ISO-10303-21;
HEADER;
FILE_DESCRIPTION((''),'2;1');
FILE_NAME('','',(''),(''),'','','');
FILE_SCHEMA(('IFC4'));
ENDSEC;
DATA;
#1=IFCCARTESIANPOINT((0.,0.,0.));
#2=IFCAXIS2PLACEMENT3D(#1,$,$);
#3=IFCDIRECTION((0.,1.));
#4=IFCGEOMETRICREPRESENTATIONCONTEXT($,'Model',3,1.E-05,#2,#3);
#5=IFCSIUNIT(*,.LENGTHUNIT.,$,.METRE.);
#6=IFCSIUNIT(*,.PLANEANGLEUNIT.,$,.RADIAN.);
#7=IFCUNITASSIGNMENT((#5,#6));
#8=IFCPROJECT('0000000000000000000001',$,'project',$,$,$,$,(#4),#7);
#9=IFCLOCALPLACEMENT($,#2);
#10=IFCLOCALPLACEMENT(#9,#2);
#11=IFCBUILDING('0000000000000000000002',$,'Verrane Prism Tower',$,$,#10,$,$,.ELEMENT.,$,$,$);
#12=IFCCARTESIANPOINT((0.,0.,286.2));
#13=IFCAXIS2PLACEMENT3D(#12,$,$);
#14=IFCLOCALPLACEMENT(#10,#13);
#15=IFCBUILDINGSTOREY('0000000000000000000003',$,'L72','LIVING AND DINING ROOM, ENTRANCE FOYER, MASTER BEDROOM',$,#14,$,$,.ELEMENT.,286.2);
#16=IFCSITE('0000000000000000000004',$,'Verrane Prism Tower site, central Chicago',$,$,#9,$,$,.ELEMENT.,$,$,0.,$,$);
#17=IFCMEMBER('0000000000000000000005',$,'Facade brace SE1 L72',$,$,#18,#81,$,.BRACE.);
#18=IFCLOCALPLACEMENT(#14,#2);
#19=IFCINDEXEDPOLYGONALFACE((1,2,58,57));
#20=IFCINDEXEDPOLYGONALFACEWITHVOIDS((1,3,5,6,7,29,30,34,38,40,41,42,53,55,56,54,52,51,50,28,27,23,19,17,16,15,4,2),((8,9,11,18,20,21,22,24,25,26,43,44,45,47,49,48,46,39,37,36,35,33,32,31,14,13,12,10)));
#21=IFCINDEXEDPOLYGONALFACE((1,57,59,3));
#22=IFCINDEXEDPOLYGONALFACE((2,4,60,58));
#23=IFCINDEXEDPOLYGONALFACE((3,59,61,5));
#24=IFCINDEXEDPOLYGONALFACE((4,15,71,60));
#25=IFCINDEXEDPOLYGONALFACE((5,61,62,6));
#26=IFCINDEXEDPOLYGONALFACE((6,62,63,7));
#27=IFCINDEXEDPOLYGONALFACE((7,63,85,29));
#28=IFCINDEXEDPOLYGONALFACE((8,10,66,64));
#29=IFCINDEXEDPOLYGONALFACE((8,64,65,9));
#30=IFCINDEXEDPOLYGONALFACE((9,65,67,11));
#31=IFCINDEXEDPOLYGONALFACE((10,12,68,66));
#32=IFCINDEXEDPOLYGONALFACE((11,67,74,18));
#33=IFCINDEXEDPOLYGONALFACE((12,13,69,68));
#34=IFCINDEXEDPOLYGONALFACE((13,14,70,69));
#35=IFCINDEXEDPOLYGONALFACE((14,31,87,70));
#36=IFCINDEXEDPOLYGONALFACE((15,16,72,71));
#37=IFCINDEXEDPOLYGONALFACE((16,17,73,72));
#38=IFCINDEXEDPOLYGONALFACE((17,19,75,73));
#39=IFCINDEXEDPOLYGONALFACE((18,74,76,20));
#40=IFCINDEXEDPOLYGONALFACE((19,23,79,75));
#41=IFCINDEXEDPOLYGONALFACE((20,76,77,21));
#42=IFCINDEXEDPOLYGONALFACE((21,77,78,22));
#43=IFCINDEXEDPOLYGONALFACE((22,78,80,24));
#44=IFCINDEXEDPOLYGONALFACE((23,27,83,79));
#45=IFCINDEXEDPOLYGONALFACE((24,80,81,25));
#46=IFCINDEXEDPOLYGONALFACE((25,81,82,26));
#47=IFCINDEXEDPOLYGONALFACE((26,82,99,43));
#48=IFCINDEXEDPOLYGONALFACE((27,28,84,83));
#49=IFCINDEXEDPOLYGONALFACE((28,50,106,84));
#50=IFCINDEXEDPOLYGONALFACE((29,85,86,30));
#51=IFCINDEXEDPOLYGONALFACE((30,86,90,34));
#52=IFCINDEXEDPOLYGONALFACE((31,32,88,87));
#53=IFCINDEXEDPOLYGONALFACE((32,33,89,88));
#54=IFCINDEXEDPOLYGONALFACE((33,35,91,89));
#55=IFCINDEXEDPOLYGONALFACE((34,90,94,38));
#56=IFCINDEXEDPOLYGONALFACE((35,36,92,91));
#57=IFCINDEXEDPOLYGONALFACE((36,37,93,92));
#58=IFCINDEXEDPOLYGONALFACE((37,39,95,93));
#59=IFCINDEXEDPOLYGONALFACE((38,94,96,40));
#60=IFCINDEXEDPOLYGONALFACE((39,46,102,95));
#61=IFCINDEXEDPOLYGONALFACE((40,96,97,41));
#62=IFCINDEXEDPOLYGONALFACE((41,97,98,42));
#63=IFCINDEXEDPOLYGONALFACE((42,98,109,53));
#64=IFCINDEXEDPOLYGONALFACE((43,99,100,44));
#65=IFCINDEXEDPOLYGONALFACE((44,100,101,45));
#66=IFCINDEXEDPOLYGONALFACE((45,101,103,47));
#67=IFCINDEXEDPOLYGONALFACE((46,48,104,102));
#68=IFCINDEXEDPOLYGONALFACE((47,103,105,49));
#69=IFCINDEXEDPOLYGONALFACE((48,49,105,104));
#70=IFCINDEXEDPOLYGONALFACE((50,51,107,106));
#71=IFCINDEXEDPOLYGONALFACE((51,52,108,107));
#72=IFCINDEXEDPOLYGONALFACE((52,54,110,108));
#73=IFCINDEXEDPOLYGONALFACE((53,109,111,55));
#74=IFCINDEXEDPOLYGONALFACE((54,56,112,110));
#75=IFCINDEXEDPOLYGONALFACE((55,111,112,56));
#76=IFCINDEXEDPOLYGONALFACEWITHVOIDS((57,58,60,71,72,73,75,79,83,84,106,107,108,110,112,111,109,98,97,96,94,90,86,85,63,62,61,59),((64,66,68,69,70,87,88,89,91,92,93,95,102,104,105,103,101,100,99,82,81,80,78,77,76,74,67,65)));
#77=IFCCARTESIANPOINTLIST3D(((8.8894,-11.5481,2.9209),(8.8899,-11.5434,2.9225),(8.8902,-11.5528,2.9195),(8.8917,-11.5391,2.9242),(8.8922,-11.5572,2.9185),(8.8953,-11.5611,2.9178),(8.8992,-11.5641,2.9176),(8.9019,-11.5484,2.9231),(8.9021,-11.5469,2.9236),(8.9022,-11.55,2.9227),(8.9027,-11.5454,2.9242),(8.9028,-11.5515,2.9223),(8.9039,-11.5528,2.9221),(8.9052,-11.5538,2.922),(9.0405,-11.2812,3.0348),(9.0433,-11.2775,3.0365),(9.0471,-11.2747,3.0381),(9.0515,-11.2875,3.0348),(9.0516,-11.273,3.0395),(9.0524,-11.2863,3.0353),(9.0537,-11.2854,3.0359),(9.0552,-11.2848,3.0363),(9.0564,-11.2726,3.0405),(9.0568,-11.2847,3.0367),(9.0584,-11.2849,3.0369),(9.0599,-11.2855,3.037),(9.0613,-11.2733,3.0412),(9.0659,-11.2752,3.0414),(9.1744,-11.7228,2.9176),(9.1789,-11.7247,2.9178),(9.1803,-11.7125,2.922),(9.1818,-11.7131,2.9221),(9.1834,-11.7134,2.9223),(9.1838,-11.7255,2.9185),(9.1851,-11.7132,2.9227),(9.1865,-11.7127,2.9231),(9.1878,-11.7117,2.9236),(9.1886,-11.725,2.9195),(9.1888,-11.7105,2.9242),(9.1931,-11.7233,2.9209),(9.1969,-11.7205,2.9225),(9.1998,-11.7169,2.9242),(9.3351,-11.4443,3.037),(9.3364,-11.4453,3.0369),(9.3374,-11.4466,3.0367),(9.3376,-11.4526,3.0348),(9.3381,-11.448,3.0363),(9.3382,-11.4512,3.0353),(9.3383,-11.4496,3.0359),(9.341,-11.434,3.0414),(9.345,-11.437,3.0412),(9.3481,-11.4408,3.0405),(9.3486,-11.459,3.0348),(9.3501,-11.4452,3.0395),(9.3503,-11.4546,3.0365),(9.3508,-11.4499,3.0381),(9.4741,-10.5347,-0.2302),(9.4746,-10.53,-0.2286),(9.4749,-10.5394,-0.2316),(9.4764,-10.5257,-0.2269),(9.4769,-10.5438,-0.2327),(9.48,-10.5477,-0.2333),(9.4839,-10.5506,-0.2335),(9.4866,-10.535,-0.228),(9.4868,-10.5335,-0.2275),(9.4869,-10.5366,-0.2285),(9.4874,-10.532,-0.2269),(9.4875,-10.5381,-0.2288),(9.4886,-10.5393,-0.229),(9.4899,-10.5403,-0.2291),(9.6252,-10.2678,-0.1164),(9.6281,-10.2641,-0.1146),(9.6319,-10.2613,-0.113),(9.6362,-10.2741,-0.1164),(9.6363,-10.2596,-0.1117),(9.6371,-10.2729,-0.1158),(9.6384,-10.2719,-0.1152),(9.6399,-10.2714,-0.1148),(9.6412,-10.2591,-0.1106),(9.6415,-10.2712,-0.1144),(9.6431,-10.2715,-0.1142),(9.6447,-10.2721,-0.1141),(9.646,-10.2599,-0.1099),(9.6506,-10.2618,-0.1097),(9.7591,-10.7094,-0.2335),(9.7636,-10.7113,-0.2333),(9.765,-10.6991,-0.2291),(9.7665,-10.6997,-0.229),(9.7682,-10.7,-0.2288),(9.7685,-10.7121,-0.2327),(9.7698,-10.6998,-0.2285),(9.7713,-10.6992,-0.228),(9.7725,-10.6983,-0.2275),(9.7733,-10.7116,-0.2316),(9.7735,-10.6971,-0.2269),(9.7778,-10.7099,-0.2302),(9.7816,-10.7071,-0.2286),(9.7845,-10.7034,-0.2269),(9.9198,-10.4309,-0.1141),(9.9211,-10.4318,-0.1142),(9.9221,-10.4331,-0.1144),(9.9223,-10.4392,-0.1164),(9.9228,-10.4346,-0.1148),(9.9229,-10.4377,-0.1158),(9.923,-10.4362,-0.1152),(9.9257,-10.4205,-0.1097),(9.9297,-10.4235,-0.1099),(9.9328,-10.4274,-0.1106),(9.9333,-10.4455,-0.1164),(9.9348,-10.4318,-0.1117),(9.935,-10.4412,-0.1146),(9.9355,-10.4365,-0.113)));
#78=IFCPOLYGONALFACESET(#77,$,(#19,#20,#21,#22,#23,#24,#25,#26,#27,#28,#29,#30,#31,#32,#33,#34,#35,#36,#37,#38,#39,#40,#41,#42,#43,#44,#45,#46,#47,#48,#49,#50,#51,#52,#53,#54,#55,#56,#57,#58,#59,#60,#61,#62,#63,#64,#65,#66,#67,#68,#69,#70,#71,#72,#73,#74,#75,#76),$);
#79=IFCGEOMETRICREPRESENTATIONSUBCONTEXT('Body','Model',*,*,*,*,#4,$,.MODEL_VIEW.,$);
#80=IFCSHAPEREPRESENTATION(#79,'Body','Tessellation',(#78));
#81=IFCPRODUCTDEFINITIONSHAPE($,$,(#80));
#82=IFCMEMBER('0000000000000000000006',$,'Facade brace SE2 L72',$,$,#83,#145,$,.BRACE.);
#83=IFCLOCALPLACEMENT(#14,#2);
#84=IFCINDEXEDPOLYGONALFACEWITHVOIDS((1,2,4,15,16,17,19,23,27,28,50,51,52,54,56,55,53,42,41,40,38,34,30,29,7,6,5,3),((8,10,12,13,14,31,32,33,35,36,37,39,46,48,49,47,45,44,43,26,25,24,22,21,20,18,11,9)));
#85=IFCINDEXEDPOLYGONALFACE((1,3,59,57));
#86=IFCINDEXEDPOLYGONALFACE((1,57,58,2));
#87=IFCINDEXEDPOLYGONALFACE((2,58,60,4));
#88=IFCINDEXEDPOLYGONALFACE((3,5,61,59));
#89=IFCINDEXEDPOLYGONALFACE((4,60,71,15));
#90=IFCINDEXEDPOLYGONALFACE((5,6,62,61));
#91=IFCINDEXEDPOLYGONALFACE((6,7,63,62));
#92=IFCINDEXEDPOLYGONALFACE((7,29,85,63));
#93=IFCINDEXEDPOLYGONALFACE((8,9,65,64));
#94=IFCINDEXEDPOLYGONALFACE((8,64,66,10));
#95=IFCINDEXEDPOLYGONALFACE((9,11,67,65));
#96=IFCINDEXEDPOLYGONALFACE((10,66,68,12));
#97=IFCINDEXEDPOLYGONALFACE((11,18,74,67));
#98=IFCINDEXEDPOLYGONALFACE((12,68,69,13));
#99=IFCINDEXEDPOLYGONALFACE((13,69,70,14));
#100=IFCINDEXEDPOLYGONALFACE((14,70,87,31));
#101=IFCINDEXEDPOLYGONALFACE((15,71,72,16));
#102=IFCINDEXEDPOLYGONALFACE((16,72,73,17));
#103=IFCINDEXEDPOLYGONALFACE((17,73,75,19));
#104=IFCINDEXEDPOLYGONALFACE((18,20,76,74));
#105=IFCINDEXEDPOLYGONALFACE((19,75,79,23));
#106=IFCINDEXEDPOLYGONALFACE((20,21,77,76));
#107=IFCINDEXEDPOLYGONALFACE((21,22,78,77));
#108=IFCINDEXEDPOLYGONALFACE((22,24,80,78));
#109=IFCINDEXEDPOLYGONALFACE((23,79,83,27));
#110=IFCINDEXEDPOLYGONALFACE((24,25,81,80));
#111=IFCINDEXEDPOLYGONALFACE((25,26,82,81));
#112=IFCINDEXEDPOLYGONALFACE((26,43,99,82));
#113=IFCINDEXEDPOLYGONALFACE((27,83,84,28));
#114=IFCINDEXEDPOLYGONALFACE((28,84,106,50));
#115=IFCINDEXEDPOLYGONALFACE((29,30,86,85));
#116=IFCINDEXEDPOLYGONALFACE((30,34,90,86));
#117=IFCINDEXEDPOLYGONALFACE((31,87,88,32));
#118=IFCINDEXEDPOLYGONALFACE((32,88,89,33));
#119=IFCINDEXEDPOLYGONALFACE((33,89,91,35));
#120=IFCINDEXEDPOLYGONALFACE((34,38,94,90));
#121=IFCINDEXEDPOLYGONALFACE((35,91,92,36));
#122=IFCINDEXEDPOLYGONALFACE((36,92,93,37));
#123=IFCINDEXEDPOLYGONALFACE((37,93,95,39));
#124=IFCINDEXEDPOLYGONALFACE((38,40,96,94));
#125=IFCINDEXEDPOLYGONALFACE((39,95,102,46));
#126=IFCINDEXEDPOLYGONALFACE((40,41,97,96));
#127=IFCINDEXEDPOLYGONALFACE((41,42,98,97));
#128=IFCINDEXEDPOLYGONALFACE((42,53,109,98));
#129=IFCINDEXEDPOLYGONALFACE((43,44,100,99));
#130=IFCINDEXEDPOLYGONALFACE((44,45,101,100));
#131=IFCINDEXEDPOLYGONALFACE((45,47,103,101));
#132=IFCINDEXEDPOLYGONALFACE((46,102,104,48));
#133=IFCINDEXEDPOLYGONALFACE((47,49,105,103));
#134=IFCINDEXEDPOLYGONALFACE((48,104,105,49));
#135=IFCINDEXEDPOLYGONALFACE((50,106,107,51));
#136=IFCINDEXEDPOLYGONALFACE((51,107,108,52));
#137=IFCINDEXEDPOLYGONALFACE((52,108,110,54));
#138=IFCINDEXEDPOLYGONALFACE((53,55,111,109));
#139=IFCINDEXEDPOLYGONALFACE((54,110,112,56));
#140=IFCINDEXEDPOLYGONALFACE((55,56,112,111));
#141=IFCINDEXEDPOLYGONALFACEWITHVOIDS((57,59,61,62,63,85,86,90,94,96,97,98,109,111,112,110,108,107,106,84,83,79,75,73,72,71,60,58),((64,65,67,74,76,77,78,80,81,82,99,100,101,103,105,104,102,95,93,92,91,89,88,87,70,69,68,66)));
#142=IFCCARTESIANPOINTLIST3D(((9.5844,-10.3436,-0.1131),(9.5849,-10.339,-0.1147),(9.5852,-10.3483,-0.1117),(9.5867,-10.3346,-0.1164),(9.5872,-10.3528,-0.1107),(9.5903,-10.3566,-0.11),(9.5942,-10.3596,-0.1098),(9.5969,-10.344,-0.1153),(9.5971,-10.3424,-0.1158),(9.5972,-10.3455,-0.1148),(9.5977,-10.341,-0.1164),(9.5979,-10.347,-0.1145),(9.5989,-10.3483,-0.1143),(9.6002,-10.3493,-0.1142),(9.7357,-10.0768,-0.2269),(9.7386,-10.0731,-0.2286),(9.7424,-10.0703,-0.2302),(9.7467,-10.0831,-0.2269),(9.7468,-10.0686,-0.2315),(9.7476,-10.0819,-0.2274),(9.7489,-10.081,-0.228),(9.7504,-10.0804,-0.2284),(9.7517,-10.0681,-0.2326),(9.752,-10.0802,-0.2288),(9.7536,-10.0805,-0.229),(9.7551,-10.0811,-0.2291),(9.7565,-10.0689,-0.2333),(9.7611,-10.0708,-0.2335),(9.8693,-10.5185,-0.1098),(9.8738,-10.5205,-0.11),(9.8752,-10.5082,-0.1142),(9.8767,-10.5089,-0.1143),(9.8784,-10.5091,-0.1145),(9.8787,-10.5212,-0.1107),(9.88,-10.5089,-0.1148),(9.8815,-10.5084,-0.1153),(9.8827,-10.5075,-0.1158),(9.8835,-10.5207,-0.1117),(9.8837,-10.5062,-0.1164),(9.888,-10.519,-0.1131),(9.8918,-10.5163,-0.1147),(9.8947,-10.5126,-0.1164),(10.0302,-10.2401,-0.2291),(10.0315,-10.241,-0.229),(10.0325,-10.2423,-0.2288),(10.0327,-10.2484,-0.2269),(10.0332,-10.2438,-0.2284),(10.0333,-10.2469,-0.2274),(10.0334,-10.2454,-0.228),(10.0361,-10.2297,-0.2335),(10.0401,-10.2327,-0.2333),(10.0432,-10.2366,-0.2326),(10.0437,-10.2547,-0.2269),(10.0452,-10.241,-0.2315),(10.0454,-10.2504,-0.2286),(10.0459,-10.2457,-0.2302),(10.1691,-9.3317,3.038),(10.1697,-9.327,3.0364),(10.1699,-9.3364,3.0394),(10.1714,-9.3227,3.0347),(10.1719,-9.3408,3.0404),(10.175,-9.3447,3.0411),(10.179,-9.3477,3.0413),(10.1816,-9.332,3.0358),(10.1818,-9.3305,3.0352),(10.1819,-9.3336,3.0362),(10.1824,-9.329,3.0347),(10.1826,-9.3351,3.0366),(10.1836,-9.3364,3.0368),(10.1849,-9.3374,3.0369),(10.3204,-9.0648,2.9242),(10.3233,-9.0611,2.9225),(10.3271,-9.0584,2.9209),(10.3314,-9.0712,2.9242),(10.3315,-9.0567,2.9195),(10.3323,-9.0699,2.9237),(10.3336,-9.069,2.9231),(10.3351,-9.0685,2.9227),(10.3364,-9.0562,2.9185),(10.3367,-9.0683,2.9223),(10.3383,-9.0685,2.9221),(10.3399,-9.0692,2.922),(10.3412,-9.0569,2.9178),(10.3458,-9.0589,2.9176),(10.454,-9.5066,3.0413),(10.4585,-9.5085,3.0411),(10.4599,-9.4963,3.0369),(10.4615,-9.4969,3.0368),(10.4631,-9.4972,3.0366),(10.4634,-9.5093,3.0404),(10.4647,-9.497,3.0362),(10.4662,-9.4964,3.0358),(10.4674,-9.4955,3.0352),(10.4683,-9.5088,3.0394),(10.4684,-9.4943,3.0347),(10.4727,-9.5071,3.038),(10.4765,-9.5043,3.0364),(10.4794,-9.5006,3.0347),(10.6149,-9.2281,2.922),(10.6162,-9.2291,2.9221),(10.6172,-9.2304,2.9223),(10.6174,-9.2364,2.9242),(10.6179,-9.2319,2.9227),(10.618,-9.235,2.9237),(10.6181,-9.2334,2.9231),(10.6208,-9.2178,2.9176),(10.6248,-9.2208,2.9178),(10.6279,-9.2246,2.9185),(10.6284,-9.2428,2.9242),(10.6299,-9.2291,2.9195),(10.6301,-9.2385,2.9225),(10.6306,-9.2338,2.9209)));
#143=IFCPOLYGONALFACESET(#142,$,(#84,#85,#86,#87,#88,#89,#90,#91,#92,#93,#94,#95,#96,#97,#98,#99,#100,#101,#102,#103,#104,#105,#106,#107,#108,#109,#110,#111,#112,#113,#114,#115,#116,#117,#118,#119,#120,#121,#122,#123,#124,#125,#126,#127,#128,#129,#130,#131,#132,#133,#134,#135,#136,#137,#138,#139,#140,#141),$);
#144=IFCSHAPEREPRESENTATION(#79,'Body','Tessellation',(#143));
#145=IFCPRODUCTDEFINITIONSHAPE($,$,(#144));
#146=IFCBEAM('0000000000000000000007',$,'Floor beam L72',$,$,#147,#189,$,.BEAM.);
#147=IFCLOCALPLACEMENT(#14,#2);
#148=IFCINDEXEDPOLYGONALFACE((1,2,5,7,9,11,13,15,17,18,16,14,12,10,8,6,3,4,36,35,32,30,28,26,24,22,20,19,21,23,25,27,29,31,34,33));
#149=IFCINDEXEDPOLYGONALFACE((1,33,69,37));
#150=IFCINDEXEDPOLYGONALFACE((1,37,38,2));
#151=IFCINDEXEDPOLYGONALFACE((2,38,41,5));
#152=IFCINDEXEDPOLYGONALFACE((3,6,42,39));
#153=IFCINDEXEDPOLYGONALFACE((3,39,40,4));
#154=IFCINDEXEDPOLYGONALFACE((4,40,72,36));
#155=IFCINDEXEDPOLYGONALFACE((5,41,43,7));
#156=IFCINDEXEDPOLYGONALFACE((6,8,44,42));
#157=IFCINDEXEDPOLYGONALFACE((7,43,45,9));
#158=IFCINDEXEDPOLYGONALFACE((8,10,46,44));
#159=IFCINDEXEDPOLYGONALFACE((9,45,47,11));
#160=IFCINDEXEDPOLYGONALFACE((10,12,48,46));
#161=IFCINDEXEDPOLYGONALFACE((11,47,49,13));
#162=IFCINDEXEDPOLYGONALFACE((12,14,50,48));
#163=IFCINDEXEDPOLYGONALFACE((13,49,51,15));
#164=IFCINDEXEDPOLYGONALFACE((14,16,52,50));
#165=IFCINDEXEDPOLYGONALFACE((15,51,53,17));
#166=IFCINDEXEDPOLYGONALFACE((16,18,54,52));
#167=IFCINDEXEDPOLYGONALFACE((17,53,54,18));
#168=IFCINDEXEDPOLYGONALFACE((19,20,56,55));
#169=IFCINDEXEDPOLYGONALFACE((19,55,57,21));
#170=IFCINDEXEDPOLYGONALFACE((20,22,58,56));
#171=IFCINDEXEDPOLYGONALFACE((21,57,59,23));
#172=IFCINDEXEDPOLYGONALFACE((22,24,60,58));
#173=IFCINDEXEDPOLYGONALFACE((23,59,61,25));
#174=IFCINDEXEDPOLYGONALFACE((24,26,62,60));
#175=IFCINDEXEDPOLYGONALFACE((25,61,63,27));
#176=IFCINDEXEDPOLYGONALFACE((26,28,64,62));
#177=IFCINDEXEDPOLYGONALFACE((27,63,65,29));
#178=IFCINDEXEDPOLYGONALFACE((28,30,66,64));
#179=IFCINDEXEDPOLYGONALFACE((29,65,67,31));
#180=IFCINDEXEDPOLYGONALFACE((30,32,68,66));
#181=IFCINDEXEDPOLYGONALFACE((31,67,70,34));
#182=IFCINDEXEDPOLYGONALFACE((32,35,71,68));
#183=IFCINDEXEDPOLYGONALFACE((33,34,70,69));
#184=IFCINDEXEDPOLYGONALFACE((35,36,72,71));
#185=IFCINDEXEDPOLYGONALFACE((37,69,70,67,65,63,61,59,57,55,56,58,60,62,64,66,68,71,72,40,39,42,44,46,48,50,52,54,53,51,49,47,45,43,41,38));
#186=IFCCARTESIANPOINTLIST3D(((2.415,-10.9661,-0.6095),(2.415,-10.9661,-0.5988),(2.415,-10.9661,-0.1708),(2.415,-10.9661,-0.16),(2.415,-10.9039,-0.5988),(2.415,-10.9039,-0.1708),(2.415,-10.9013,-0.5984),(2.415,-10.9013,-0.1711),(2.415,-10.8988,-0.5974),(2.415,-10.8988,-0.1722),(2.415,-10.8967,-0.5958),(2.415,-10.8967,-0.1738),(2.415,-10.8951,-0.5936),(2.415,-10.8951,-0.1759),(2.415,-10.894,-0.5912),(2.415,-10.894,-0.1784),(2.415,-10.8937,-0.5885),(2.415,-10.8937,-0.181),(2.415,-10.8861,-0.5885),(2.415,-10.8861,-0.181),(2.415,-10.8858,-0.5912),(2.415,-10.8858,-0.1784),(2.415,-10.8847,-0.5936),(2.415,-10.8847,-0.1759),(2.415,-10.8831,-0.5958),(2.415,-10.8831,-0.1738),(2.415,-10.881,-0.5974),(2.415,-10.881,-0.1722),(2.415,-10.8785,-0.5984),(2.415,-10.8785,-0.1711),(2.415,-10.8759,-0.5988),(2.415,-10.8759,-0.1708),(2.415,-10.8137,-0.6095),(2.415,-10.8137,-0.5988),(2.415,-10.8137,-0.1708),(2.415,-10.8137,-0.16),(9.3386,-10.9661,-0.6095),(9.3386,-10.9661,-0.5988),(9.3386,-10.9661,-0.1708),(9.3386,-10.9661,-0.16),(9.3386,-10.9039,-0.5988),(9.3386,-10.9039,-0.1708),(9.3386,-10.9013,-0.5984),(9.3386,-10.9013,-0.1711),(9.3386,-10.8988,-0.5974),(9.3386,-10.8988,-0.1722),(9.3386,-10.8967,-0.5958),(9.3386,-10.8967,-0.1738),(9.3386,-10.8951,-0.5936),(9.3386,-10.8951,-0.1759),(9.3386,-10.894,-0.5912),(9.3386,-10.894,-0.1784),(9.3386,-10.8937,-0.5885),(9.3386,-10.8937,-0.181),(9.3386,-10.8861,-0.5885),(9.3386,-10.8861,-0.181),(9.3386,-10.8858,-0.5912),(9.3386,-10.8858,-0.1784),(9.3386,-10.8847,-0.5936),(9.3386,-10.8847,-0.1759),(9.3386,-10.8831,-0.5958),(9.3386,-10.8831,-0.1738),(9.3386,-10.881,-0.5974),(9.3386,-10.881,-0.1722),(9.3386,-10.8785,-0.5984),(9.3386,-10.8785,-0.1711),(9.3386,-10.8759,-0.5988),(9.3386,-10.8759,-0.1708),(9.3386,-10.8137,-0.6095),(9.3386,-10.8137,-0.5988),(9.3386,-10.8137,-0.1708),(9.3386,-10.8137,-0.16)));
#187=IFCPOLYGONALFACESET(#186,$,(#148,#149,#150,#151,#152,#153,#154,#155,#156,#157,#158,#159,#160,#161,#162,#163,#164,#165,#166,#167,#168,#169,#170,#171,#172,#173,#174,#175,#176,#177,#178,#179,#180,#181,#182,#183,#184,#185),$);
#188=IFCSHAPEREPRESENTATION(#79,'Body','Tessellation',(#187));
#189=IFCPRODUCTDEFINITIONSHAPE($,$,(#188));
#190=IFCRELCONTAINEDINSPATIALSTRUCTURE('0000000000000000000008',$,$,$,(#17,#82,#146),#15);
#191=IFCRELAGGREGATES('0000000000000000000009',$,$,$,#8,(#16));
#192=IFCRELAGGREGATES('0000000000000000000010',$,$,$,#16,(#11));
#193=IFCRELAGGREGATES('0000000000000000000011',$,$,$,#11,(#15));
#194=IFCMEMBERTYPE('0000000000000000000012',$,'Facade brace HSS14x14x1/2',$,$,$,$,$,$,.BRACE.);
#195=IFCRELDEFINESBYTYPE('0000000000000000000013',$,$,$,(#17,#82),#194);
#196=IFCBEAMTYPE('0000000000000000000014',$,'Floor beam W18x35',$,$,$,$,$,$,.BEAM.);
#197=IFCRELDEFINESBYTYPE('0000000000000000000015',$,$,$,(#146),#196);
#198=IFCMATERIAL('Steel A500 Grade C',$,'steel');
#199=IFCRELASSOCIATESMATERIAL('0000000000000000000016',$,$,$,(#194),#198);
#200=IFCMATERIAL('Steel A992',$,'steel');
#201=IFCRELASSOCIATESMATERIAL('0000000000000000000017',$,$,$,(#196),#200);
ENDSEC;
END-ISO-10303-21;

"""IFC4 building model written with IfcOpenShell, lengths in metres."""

from ifc_helpers import new_model, si_unit, direction, frame, origin, origin_2d, place, context, subcontext, project, spatial, hollow_rectangle, i_section, extrude, material, material_profile, profile_set, type_object, element, save


model = new_model("IFC4")

# Units and contexts
model_context = context("Model", 3, precision=1e-05, world=origin(), true_north=direction((0.0, 1.0)))
body_context = subcontext(model_context, "Body", "Model", "MODEL_VIEW")
ifc_project = project(units=[si_unit("LENGTHUNIT", "METRE"), si_unit("PLANEANGLEUNIT", "RADIAN")], contexts=[model_context])

# Site, building, storey
site_placement = place(None, origin())
site = spatial("IfcSite", under=ifc_project, at=site_placement, Name="Verrane Prism Tower site, central Chicago", CompositionType="ELEMENT", RefElevation=0.0)
building_placement = place(site_placement, origin())
building = spatial("IfcBuilding", under=site, at=building_placement, Name="Verrane Prism Tower", CompositionType="ELEMENT")
storey_placement = place(building_placement, frame((0.0, 0.0, 286.2)))
storey = spatial("IfcBuildingStorey", under=building, at=storey_placement, Name="L72", Description="LIVING AND DINING ROOM, ENTRANCE FOYER, MASTER BEDROOM", CompositionType="ELEMENT", Elevation=286.2)

# Members
ifc_material_1 = material(Name="Steel A500 Grade C", Category="steel")
ifc_material_profile_1 = material_profile(ifc_material_1, hollow_rectangle(XDim=0.3557, YDim=0.3557, WallThickness=0.0127, InnerFilletRadius=0.0063, OuterFilletRadius=0.019, at=origin_2d()), Name="HSS14x14x1/2")
ifc_profile_set_1 = profile_set([ifc_material_profile_1], Name="Steel A500 Grade C")
member_type_1 = type_object("IfcMemberType", Name="Facade brace HSS14x14x1/2", PredefinedType="BRACE", material=ifc_profile_set_1)
member_1_placement = place(storey_placement, frame((9.7048, -10.4856, -0.1716), z_axis=(-0.173954, -0.301497, 0.937465), x_axis=(0.866168, -0.499753, 0.0)))
element("IfcMember", 1, at=member_1_placement, inside=storey, type_object=member_type_1, Name="Facade brace SE1 L72", PredefinedType="BRACE", context=body_context, shape_type="SweptSolid", body=[
    extrude(hollow_rectangle(XDim=0.3557, YDim=0.3557, WallThickness=0.0127, InnerFilletRadius=0.0063, OuterFilletRadius=0.019, at=origin_2d()), origin(), (0.0, 0.0, 1.0), 3.3613),
])
member_2_placement = place(storey_placement, frame((9.8152, -10.2947, -0.1716), z_axis=(0.173977, 0.3011, 0.937588), x_axis=(-0.865855, 0.500295, 0.0)))
element("IfcMember", 2, at=member_2_placement, inside=storey, type_object=member_type_1, Name="Facade brace SE2 L72", PredefinedType="BRACE", context=body_context, shape_type="SweptSolid", body=[
    extrude(hollow_rectangle(XDim=0.3557, YDim=0.3557, WallThickness=0.0127, InnerFilletRadius=0.0063, OuterFilletRadius=0.019, at=origin_2d()), origin(), (0.0, 0.0, 1.0), 3.3608),
])

# Beam
ifc_material_2 = material(Name="Steel A992", Category="steel")
ifc_material_profile_2 = material_profile(ifc_material_2, i_section(OverallWidth=0.1523, OverallDepth=0.4495, WebThickness=0.0076, FlangeThickness=0.0107, FilletRadius=0.0103, at=origin_2d()), Name="W18x35")
ifc_profile_set_2 = profile_set([ifc_material_profile_2], Name="Steel A992")
beam_type_1 = type_object("IfcBeamType", Name="Floor beam W18x35", PredefinedType="BEAM", material=ifc_profile_set_2)
beam_1_placement = place(storey_placement, frame((2.415, -10.8899, -0.3848), z_axis=(1.0, 0.0, 0.0), x_axis=(0.0, 1.0, 0.0)))
element("IfcBeam", 3, at=beam_1_placement, inside=storey, type_object=beam_type_1, Name="Floor beam L72", PredefinedType="BEAM", context=body_context, shape_type="SweptSolid", body=[
    extrude(i_section(OverallWidth=0.1523, OverallDepth=0.4495, WebThickness=0.0076, FlangeThickness=0.0107, FilletRadius=0.0103, at=origin_2d()), origin(), (0.0, 0.0, 1.0), 6.9236),
])

save(model, "model.ifc")
